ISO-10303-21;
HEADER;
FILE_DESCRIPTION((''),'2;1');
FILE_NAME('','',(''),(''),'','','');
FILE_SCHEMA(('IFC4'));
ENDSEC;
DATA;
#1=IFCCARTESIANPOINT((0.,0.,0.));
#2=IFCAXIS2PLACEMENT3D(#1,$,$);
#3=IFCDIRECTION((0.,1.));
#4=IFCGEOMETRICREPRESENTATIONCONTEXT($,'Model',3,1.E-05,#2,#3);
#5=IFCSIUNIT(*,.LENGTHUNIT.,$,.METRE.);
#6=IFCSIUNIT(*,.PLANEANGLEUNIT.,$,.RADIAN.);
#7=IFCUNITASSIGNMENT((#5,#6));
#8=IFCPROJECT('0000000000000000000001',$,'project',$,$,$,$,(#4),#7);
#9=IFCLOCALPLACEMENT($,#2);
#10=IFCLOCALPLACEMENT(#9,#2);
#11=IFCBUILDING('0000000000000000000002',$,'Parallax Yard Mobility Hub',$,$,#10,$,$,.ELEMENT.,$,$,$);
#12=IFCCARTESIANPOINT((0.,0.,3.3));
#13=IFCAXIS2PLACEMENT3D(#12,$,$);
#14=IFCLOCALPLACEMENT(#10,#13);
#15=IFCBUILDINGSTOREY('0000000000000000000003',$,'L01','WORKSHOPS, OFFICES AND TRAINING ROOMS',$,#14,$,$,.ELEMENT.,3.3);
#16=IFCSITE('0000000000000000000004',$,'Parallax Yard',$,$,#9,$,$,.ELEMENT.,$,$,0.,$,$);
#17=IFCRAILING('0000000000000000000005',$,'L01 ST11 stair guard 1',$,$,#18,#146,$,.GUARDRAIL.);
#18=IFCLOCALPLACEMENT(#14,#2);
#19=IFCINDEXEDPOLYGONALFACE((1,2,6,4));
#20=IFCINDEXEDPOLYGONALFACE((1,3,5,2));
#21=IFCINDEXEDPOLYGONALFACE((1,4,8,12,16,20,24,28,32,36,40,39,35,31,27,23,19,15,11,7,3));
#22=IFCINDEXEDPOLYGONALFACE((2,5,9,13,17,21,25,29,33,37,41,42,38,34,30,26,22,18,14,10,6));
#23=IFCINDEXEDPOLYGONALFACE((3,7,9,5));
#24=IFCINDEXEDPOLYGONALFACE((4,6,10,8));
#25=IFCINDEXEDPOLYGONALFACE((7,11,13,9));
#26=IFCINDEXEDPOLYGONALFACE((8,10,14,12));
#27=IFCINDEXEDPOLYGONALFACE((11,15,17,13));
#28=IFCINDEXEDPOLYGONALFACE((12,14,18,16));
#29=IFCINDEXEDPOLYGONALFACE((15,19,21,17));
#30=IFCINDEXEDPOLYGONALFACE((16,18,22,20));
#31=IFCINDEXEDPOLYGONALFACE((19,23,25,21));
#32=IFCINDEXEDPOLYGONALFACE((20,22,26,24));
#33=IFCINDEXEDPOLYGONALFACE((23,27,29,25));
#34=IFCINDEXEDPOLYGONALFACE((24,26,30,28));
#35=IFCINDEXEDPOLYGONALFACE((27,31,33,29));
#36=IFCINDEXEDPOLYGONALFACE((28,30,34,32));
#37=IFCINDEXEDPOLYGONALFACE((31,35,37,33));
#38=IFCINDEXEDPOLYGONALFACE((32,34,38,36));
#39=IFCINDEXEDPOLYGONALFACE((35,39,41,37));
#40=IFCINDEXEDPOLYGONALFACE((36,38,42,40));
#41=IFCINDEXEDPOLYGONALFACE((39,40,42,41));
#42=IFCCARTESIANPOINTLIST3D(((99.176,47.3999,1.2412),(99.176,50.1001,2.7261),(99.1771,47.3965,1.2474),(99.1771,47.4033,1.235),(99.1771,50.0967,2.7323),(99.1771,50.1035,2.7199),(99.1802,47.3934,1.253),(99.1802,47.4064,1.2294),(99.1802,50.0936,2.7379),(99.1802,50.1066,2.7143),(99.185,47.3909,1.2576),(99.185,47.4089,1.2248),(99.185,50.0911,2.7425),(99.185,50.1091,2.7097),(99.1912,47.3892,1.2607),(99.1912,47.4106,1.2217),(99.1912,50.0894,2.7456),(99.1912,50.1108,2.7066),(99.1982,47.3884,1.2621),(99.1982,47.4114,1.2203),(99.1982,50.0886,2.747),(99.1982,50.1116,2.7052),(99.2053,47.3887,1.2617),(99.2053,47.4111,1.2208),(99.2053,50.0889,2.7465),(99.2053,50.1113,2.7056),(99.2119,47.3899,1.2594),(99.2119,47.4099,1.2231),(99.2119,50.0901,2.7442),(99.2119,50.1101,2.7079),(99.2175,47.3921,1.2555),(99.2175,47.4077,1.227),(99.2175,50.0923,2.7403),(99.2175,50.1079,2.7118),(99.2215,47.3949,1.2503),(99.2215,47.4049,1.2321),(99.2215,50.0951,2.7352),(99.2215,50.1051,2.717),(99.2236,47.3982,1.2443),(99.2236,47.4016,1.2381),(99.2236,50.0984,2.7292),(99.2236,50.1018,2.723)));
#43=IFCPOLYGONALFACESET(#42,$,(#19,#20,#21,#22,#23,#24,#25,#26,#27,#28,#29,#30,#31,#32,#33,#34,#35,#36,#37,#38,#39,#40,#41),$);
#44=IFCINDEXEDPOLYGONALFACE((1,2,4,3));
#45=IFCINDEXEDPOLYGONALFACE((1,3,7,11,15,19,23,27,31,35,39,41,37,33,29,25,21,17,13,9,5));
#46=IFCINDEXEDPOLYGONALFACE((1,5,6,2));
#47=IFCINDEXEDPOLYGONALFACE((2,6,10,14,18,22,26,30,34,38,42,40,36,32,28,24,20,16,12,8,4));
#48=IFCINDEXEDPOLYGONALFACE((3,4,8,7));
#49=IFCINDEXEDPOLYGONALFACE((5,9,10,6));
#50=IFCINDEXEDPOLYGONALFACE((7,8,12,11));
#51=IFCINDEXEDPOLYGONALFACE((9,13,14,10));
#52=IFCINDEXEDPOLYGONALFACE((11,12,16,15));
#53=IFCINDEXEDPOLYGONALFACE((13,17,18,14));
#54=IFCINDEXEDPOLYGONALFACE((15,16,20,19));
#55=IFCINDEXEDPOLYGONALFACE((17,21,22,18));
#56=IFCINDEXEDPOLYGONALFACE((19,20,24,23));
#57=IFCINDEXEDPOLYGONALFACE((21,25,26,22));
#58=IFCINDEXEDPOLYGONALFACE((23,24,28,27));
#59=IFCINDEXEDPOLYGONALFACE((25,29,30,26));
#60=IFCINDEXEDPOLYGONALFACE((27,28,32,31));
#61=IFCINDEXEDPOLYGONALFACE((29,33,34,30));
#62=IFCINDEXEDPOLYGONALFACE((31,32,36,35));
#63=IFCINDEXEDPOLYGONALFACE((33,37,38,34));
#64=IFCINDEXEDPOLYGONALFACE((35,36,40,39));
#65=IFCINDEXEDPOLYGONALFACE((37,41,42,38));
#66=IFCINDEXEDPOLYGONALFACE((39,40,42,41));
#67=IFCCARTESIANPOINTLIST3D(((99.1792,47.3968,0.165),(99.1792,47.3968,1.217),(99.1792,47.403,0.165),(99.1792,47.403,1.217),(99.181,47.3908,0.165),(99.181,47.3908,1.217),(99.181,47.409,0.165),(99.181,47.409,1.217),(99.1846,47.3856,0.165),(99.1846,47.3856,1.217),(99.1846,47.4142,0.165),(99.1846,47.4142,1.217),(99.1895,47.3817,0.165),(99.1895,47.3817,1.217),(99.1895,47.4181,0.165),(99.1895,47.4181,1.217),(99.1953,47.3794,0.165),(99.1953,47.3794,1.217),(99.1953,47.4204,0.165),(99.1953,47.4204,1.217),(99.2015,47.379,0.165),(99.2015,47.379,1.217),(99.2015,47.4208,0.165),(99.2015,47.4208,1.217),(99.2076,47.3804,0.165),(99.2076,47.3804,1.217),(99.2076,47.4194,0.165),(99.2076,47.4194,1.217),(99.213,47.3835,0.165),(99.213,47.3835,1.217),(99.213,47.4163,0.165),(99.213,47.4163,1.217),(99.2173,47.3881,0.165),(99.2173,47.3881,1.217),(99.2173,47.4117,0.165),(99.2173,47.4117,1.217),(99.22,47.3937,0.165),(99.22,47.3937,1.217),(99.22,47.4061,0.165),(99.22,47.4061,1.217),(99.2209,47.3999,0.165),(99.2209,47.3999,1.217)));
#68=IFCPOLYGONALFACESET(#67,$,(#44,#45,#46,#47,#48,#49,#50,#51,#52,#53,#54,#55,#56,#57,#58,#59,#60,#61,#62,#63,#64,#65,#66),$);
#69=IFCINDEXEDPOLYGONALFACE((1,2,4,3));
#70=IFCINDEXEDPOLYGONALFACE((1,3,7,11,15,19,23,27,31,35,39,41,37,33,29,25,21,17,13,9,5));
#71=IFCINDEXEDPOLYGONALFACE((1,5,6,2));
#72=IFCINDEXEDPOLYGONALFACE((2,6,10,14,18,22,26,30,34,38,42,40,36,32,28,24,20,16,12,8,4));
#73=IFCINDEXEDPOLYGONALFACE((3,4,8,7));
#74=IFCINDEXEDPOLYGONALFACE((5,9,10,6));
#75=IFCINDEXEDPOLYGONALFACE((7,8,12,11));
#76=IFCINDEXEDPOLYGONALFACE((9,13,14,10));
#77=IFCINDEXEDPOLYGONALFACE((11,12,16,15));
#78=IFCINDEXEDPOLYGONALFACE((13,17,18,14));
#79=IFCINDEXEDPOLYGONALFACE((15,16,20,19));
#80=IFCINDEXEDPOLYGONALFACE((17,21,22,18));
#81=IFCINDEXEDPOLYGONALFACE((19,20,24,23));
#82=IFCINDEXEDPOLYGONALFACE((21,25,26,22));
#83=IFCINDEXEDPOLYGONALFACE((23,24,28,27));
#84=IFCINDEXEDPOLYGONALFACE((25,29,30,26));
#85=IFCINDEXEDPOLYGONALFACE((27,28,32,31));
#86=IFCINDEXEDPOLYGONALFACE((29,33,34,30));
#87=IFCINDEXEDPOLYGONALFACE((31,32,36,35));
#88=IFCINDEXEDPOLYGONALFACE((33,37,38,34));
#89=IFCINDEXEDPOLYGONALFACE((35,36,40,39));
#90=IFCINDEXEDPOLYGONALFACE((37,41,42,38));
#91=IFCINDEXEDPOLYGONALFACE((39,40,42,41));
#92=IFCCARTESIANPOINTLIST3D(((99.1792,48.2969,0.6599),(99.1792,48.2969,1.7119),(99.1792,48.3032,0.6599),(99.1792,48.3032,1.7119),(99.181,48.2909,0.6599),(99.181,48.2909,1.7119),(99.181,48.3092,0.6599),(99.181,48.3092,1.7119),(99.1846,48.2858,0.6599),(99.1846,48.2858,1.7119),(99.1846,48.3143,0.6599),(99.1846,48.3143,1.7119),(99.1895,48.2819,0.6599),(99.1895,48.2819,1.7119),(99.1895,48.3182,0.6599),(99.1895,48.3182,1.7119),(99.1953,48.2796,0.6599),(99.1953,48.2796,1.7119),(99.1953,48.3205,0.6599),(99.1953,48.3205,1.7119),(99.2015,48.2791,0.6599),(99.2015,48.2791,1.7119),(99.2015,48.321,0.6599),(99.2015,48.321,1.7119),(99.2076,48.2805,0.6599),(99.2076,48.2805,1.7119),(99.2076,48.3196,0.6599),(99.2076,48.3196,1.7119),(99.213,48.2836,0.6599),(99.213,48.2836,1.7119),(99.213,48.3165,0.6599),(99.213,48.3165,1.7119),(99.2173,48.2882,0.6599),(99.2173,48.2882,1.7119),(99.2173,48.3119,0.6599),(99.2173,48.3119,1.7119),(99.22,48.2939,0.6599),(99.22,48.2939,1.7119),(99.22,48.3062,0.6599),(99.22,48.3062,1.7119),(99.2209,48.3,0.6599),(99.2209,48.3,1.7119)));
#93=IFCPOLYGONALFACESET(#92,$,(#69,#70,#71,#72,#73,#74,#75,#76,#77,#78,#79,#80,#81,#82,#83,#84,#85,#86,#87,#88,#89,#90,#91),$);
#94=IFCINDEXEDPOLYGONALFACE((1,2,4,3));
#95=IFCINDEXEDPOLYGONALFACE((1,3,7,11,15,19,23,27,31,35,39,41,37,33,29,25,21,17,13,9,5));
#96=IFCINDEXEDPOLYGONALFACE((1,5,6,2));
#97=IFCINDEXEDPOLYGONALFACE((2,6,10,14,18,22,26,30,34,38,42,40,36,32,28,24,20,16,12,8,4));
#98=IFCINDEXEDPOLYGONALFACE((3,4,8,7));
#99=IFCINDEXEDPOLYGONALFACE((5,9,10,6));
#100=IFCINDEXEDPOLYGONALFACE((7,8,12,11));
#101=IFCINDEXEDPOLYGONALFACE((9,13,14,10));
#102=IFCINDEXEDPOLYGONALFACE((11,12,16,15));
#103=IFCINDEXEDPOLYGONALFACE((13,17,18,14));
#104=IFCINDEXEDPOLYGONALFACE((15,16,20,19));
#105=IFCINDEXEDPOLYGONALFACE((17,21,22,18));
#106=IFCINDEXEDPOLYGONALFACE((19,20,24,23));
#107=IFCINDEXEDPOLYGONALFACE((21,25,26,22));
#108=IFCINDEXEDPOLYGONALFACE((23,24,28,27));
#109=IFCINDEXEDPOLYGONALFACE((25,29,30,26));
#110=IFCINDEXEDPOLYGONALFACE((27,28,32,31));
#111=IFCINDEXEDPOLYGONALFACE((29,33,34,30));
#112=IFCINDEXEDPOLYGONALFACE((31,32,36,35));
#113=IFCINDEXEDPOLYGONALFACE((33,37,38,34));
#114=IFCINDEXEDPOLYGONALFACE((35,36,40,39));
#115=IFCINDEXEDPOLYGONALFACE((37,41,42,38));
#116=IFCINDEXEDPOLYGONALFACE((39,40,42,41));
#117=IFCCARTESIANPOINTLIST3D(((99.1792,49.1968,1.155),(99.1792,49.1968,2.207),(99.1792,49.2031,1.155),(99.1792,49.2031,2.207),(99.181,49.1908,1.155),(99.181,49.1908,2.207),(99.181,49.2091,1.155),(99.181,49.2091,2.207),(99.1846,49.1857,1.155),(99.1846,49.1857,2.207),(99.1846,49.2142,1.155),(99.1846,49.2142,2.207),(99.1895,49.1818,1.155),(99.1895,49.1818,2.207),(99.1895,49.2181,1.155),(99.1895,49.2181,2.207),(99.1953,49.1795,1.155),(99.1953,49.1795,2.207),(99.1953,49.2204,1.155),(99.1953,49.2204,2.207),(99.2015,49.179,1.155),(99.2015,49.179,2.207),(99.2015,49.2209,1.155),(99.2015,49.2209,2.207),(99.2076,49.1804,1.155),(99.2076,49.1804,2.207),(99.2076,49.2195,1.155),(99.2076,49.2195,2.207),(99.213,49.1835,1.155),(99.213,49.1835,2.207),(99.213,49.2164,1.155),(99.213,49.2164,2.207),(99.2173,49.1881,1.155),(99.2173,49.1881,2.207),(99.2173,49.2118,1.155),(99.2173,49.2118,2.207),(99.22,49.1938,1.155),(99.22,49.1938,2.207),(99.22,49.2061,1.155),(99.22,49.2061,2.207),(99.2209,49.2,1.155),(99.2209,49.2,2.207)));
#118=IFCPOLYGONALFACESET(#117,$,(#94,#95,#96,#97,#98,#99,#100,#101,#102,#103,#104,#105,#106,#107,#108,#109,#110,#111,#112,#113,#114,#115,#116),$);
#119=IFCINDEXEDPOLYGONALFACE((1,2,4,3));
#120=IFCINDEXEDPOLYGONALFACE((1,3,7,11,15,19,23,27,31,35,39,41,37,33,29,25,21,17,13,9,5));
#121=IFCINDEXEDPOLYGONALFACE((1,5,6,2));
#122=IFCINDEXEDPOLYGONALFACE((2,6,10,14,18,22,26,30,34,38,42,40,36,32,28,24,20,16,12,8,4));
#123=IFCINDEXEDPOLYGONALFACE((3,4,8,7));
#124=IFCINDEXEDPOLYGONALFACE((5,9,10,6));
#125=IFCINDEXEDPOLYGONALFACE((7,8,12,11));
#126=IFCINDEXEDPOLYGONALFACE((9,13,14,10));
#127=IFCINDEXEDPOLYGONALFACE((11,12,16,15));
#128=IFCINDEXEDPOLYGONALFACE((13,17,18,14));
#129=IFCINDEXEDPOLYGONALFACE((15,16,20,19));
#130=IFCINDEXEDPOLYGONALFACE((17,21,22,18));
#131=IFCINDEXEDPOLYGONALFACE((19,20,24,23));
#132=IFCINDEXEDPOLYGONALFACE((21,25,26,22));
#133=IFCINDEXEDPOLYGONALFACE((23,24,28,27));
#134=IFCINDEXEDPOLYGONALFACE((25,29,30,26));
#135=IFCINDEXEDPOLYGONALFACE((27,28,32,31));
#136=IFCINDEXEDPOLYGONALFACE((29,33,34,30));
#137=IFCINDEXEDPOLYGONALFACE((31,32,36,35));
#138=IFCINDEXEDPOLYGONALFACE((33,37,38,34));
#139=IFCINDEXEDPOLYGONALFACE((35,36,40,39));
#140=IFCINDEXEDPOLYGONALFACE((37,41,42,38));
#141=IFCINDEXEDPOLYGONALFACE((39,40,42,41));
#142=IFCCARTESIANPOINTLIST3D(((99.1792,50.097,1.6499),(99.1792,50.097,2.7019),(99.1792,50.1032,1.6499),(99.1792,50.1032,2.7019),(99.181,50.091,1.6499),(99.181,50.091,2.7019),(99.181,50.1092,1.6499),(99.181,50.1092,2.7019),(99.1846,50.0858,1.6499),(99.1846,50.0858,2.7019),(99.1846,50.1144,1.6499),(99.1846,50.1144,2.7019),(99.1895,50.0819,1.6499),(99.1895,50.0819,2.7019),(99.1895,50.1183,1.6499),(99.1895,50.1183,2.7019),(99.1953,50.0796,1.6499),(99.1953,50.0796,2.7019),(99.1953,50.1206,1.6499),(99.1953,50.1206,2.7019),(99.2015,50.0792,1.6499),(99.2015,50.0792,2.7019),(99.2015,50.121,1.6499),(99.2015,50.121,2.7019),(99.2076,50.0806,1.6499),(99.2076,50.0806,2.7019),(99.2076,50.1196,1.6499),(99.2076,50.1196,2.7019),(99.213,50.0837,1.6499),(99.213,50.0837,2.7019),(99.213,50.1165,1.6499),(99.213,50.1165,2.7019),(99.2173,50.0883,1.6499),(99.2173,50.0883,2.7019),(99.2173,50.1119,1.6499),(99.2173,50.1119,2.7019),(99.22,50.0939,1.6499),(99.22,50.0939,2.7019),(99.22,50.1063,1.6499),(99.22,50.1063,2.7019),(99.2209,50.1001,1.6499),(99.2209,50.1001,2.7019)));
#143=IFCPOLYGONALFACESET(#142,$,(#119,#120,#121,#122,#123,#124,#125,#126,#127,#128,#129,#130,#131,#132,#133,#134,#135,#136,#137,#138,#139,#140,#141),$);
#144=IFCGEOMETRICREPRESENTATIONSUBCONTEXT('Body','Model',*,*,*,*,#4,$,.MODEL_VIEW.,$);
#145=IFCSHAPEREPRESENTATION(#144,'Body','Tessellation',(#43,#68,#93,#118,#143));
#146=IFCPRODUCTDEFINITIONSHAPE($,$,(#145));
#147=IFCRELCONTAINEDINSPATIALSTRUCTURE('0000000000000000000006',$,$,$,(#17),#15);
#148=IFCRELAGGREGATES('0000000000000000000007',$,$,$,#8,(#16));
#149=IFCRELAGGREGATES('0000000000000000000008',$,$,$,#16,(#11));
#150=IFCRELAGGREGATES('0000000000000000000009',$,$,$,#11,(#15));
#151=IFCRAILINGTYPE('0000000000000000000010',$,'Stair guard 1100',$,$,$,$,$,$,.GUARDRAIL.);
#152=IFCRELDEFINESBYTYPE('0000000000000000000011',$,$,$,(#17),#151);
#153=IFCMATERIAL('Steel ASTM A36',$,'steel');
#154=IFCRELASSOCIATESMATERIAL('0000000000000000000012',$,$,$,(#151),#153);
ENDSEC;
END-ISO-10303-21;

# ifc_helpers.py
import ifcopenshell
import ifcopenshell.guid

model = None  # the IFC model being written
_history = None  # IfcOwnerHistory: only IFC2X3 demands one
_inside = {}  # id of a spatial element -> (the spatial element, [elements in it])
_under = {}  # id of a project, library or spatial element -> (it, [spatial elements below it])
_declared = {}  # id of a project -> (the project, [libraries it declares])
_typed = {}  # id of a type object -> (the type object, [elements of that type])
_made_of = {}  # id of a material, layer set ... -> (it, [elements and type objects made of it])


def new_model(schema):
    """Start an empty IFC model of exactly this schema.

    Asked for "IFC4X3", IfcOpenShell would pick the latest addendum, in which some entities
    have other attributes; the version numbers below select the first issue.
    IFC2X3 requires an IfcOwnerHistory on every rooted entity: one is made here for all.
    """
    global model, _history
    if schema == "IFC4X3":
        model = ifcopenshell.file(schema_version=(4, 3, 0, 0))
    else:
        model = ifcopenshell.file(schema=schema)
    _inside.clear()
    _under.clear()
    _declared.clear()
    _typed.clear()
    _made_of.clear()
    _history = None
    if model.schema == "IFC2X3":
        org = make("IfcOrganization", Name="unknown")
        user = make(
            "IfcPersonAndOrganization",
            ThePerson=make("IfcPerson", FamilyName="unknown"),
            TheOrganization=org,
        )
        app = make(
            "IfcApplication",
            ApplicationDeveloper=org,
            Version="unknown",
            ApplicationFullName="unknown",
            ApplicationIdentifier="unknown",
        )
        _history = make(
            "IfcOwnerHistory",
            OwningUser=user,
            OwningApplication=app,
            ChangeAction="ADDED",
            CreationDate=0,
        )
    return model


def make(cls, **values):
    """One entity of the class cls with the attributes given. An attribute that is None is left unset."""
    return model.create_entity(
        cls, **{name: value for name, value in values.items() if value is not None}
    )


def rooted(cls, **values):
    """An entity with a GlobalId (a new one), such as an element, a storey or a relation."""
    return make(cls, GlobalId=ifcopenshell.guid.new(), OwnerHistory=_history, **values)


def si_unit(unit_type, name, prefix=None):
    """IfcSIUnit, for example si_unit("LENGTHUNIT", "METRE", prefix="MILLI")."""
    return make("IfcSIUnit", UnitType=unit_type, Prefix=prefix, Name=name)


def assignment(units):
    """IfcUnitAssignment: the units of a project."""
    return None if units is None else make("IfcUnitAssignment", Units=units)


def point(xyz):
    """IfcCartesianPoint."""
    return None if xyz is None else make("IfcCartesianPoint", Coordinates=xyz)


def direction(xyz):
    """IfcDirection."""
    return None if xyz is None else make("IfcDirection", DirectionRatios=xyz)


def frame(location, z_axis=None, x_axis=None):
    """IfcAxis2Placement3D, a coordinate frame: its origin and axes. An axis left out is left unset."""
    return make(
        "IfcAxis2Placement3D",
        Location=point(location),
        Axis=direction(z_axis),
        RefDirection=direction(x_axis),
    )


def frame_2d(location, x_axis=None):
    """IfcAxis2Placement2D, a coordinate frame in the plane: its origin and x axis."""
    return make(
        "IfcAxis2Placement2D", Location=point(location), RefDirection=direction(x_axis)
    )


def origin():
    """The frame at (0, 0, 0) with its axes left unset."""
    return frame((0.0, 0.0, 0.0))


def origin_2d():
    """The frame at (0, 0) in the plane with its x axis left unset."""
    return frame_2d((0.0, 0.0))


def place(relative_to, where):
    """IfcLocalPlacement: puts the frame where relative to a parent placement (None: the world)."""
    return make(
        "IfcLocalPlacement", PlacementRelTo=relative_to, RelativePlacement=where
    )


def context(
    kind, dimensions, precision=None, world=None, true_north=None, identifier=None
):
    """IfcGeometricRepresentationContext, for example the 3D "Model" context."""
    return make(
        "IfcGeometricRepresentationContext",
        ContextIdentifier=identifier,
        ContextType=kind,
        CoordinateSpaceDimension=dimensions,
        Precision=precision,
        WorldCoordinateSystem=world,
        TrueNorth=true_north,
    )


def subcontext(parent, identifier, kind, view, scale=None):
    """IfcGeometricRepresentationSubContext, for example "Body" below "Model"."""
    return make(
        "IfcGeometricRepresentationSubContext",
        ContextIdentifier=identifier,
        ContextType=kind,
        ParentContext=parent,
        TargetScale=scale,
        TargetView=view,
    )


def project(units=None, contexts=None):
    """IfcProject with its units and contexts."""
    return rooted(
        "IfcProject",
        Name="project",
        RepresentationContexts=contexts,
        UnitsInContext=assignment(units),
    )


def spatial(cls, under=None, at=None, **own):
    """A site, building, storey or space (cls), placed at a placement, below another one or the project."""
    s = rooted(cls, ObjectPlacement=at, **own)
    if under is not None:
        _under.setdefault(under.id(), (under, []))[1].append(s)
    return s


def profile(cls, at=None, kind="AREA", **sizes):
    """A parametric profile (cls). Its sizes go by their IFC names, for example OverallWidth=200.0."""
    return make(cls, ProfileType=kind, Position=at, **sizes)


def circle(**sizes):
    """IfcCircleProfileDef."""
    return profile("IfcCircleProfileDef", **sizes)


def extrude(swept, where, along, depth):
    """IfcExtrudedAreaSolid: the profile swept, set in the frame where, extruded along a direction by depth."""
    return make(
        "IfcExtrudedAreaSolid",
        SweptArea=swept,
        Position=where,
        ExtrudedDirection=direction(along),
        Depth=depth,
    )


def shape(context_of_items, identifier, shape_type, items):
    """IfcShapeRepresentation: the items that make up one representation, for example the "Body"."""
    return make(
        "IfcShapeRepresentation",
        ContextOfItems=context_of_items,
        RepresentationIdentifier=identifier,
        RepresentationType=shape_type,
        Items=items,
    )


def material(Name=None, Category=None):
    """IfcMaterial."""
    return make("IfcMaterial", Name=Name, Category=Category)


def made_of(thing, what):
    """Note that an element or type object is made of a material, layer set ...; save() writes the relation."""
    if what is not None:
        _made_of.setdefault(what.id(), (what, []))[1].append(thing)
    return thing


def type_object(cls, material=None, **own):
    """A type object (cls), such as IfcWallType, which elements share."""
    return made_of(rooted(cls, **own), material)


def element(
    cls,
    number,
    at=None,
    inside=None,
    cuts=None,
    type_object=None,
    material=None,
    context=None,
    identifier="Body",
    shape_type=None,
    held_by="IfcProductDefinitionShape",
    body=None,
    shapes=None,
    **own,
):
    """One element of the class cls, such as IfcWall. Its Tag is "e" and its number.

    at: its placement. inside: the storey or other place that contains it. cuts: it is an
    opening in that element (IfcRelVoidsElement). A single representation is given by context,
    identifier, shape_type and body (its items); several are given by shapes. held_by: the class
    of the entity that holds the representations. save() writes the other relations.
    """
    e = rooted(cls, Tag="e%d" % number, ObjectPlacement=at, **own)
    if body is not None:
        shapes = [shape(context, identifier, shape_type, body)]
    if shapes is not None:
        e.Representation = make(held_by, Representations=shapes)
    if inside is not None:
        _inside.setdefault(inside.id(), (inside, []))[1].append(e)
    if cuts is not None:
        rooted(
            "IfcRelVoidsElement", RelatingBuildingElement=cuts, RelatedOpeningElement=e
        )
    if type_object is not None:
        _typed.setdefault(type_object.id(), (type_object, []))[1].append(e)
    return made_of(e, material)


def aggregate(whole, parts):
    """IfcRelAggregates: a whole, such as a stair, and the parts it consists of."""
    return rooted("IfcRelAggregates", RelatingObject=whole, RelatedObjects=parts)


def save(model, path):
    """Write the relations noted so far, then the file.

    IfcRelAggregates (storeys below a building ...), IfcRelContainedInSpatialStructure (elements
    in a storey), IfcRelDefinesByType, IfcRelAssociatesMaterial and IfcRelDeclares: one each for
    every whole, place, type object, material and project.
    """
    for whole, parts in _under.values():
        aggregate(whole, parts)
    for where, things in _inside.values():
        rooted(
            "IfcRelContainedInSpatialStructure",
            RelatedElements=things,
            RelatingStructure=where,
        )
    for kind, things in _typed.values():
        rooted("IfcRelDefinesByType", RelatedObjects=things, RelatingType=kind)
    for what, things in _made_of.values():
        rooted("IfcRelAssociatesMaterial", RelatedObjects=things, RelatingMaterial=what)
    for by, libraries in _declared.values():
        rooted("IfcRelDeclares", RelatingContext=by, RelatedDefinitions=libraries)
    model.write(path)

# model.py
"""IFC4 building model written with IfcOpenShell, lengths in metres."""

from ifc_helpers import new_model, si_unit, direction, frame, origin, origin_2d, place, context, subcontext, project, spatial, circle, extrude, material, type_object, element, save


model = new_model("IFC4")

# Units and contexts
model_context = context("Model", 3, precision=1e-05, world=origin(), true_north=direction((0.0, 1.0)))
body_context = subcontext(model_context, "Body", "Model", "MODEL_VIEW")
ifc_project = project(units=[si_unit("LENGTHUNIT", "METRE"), si_unit("PLANEANGLEUNIT", "RADIAN")], contexts=[model_context])

# Site, building, storey
site_placement = place(None, origin())
site = spatial("IfcSite", under=ifc_project, at=site_placement, Name="Parallax Yard", CompositionType="ELEMENT", RefElevation=0.0)
building_placement = place(site_placement, origin())
building = spatial("IfcBuilding", under=site, at=building_placement, Name="Parallax Yard Mobility Hub", CompositionType="ELEMENT")
storey_placement = place(building_placement, frame((0.0, 0.0, 3.3)))
storey = spatial("IfcBuildingStorey", under=building, at=storey_placement, Name="L01", Description="WORKSHOPS, OFFICES AND TRAINING ROOMS", CompositionType="ELEMENT", Elevation=3.3)

# Railing
ifc_material_1 = material(Name="Steel ASTM A36", Category="steel")
railing_type_1 = type_object("IfcRailingType", Name="Stair guard 1100", PredefinedType="GUARDRAIL", material=ifc_material_1)
railing_1_placement = place(storey_placement, frame((99.2, 47.3999, 0.165)))
element("IfcRailing", 1, at=railing_1_placement, inside=storey, type_object=railing_type_1, Name="L01 ST11 stair guard 1", PredefinedType="GUARDRAIL", context=body_context, shape_type="SweptSolid", body=[
    extrude(circle(Radius=0.0239, at=origin_2d()), frame((0.0, 0.0, 1.0762), z_axis=(0.0, 0.876249, 0.481858), x_axis=(-1.0, 0.0, 0.0)), (0.0, 0.0, 1.0), 3.0815),
    extrude(circle(Radius=0.021, at=origin_2d()), origin(), (0.0, 0.0, 1.0), 1.052),
    extrude(circle(Radius=0.021, at=origin_2d()), frame((0.0, 0.9001, 0.4949)), (0.0, 0.0, 1.0), 1.052),
    extrude(circle(Radius=0.021, at=origin_2d()), frame((0.0, 1.8, 0.99)), (0.0, 0.0, 1.0), 1.052),
    extrude(circle(Radius=0.021, at=origin_2d()), frame((0.0, 2.7002, 1.4849)), (0.0, 0.0, 1.0), 1.052),
])

save(model, "model.ifc")
